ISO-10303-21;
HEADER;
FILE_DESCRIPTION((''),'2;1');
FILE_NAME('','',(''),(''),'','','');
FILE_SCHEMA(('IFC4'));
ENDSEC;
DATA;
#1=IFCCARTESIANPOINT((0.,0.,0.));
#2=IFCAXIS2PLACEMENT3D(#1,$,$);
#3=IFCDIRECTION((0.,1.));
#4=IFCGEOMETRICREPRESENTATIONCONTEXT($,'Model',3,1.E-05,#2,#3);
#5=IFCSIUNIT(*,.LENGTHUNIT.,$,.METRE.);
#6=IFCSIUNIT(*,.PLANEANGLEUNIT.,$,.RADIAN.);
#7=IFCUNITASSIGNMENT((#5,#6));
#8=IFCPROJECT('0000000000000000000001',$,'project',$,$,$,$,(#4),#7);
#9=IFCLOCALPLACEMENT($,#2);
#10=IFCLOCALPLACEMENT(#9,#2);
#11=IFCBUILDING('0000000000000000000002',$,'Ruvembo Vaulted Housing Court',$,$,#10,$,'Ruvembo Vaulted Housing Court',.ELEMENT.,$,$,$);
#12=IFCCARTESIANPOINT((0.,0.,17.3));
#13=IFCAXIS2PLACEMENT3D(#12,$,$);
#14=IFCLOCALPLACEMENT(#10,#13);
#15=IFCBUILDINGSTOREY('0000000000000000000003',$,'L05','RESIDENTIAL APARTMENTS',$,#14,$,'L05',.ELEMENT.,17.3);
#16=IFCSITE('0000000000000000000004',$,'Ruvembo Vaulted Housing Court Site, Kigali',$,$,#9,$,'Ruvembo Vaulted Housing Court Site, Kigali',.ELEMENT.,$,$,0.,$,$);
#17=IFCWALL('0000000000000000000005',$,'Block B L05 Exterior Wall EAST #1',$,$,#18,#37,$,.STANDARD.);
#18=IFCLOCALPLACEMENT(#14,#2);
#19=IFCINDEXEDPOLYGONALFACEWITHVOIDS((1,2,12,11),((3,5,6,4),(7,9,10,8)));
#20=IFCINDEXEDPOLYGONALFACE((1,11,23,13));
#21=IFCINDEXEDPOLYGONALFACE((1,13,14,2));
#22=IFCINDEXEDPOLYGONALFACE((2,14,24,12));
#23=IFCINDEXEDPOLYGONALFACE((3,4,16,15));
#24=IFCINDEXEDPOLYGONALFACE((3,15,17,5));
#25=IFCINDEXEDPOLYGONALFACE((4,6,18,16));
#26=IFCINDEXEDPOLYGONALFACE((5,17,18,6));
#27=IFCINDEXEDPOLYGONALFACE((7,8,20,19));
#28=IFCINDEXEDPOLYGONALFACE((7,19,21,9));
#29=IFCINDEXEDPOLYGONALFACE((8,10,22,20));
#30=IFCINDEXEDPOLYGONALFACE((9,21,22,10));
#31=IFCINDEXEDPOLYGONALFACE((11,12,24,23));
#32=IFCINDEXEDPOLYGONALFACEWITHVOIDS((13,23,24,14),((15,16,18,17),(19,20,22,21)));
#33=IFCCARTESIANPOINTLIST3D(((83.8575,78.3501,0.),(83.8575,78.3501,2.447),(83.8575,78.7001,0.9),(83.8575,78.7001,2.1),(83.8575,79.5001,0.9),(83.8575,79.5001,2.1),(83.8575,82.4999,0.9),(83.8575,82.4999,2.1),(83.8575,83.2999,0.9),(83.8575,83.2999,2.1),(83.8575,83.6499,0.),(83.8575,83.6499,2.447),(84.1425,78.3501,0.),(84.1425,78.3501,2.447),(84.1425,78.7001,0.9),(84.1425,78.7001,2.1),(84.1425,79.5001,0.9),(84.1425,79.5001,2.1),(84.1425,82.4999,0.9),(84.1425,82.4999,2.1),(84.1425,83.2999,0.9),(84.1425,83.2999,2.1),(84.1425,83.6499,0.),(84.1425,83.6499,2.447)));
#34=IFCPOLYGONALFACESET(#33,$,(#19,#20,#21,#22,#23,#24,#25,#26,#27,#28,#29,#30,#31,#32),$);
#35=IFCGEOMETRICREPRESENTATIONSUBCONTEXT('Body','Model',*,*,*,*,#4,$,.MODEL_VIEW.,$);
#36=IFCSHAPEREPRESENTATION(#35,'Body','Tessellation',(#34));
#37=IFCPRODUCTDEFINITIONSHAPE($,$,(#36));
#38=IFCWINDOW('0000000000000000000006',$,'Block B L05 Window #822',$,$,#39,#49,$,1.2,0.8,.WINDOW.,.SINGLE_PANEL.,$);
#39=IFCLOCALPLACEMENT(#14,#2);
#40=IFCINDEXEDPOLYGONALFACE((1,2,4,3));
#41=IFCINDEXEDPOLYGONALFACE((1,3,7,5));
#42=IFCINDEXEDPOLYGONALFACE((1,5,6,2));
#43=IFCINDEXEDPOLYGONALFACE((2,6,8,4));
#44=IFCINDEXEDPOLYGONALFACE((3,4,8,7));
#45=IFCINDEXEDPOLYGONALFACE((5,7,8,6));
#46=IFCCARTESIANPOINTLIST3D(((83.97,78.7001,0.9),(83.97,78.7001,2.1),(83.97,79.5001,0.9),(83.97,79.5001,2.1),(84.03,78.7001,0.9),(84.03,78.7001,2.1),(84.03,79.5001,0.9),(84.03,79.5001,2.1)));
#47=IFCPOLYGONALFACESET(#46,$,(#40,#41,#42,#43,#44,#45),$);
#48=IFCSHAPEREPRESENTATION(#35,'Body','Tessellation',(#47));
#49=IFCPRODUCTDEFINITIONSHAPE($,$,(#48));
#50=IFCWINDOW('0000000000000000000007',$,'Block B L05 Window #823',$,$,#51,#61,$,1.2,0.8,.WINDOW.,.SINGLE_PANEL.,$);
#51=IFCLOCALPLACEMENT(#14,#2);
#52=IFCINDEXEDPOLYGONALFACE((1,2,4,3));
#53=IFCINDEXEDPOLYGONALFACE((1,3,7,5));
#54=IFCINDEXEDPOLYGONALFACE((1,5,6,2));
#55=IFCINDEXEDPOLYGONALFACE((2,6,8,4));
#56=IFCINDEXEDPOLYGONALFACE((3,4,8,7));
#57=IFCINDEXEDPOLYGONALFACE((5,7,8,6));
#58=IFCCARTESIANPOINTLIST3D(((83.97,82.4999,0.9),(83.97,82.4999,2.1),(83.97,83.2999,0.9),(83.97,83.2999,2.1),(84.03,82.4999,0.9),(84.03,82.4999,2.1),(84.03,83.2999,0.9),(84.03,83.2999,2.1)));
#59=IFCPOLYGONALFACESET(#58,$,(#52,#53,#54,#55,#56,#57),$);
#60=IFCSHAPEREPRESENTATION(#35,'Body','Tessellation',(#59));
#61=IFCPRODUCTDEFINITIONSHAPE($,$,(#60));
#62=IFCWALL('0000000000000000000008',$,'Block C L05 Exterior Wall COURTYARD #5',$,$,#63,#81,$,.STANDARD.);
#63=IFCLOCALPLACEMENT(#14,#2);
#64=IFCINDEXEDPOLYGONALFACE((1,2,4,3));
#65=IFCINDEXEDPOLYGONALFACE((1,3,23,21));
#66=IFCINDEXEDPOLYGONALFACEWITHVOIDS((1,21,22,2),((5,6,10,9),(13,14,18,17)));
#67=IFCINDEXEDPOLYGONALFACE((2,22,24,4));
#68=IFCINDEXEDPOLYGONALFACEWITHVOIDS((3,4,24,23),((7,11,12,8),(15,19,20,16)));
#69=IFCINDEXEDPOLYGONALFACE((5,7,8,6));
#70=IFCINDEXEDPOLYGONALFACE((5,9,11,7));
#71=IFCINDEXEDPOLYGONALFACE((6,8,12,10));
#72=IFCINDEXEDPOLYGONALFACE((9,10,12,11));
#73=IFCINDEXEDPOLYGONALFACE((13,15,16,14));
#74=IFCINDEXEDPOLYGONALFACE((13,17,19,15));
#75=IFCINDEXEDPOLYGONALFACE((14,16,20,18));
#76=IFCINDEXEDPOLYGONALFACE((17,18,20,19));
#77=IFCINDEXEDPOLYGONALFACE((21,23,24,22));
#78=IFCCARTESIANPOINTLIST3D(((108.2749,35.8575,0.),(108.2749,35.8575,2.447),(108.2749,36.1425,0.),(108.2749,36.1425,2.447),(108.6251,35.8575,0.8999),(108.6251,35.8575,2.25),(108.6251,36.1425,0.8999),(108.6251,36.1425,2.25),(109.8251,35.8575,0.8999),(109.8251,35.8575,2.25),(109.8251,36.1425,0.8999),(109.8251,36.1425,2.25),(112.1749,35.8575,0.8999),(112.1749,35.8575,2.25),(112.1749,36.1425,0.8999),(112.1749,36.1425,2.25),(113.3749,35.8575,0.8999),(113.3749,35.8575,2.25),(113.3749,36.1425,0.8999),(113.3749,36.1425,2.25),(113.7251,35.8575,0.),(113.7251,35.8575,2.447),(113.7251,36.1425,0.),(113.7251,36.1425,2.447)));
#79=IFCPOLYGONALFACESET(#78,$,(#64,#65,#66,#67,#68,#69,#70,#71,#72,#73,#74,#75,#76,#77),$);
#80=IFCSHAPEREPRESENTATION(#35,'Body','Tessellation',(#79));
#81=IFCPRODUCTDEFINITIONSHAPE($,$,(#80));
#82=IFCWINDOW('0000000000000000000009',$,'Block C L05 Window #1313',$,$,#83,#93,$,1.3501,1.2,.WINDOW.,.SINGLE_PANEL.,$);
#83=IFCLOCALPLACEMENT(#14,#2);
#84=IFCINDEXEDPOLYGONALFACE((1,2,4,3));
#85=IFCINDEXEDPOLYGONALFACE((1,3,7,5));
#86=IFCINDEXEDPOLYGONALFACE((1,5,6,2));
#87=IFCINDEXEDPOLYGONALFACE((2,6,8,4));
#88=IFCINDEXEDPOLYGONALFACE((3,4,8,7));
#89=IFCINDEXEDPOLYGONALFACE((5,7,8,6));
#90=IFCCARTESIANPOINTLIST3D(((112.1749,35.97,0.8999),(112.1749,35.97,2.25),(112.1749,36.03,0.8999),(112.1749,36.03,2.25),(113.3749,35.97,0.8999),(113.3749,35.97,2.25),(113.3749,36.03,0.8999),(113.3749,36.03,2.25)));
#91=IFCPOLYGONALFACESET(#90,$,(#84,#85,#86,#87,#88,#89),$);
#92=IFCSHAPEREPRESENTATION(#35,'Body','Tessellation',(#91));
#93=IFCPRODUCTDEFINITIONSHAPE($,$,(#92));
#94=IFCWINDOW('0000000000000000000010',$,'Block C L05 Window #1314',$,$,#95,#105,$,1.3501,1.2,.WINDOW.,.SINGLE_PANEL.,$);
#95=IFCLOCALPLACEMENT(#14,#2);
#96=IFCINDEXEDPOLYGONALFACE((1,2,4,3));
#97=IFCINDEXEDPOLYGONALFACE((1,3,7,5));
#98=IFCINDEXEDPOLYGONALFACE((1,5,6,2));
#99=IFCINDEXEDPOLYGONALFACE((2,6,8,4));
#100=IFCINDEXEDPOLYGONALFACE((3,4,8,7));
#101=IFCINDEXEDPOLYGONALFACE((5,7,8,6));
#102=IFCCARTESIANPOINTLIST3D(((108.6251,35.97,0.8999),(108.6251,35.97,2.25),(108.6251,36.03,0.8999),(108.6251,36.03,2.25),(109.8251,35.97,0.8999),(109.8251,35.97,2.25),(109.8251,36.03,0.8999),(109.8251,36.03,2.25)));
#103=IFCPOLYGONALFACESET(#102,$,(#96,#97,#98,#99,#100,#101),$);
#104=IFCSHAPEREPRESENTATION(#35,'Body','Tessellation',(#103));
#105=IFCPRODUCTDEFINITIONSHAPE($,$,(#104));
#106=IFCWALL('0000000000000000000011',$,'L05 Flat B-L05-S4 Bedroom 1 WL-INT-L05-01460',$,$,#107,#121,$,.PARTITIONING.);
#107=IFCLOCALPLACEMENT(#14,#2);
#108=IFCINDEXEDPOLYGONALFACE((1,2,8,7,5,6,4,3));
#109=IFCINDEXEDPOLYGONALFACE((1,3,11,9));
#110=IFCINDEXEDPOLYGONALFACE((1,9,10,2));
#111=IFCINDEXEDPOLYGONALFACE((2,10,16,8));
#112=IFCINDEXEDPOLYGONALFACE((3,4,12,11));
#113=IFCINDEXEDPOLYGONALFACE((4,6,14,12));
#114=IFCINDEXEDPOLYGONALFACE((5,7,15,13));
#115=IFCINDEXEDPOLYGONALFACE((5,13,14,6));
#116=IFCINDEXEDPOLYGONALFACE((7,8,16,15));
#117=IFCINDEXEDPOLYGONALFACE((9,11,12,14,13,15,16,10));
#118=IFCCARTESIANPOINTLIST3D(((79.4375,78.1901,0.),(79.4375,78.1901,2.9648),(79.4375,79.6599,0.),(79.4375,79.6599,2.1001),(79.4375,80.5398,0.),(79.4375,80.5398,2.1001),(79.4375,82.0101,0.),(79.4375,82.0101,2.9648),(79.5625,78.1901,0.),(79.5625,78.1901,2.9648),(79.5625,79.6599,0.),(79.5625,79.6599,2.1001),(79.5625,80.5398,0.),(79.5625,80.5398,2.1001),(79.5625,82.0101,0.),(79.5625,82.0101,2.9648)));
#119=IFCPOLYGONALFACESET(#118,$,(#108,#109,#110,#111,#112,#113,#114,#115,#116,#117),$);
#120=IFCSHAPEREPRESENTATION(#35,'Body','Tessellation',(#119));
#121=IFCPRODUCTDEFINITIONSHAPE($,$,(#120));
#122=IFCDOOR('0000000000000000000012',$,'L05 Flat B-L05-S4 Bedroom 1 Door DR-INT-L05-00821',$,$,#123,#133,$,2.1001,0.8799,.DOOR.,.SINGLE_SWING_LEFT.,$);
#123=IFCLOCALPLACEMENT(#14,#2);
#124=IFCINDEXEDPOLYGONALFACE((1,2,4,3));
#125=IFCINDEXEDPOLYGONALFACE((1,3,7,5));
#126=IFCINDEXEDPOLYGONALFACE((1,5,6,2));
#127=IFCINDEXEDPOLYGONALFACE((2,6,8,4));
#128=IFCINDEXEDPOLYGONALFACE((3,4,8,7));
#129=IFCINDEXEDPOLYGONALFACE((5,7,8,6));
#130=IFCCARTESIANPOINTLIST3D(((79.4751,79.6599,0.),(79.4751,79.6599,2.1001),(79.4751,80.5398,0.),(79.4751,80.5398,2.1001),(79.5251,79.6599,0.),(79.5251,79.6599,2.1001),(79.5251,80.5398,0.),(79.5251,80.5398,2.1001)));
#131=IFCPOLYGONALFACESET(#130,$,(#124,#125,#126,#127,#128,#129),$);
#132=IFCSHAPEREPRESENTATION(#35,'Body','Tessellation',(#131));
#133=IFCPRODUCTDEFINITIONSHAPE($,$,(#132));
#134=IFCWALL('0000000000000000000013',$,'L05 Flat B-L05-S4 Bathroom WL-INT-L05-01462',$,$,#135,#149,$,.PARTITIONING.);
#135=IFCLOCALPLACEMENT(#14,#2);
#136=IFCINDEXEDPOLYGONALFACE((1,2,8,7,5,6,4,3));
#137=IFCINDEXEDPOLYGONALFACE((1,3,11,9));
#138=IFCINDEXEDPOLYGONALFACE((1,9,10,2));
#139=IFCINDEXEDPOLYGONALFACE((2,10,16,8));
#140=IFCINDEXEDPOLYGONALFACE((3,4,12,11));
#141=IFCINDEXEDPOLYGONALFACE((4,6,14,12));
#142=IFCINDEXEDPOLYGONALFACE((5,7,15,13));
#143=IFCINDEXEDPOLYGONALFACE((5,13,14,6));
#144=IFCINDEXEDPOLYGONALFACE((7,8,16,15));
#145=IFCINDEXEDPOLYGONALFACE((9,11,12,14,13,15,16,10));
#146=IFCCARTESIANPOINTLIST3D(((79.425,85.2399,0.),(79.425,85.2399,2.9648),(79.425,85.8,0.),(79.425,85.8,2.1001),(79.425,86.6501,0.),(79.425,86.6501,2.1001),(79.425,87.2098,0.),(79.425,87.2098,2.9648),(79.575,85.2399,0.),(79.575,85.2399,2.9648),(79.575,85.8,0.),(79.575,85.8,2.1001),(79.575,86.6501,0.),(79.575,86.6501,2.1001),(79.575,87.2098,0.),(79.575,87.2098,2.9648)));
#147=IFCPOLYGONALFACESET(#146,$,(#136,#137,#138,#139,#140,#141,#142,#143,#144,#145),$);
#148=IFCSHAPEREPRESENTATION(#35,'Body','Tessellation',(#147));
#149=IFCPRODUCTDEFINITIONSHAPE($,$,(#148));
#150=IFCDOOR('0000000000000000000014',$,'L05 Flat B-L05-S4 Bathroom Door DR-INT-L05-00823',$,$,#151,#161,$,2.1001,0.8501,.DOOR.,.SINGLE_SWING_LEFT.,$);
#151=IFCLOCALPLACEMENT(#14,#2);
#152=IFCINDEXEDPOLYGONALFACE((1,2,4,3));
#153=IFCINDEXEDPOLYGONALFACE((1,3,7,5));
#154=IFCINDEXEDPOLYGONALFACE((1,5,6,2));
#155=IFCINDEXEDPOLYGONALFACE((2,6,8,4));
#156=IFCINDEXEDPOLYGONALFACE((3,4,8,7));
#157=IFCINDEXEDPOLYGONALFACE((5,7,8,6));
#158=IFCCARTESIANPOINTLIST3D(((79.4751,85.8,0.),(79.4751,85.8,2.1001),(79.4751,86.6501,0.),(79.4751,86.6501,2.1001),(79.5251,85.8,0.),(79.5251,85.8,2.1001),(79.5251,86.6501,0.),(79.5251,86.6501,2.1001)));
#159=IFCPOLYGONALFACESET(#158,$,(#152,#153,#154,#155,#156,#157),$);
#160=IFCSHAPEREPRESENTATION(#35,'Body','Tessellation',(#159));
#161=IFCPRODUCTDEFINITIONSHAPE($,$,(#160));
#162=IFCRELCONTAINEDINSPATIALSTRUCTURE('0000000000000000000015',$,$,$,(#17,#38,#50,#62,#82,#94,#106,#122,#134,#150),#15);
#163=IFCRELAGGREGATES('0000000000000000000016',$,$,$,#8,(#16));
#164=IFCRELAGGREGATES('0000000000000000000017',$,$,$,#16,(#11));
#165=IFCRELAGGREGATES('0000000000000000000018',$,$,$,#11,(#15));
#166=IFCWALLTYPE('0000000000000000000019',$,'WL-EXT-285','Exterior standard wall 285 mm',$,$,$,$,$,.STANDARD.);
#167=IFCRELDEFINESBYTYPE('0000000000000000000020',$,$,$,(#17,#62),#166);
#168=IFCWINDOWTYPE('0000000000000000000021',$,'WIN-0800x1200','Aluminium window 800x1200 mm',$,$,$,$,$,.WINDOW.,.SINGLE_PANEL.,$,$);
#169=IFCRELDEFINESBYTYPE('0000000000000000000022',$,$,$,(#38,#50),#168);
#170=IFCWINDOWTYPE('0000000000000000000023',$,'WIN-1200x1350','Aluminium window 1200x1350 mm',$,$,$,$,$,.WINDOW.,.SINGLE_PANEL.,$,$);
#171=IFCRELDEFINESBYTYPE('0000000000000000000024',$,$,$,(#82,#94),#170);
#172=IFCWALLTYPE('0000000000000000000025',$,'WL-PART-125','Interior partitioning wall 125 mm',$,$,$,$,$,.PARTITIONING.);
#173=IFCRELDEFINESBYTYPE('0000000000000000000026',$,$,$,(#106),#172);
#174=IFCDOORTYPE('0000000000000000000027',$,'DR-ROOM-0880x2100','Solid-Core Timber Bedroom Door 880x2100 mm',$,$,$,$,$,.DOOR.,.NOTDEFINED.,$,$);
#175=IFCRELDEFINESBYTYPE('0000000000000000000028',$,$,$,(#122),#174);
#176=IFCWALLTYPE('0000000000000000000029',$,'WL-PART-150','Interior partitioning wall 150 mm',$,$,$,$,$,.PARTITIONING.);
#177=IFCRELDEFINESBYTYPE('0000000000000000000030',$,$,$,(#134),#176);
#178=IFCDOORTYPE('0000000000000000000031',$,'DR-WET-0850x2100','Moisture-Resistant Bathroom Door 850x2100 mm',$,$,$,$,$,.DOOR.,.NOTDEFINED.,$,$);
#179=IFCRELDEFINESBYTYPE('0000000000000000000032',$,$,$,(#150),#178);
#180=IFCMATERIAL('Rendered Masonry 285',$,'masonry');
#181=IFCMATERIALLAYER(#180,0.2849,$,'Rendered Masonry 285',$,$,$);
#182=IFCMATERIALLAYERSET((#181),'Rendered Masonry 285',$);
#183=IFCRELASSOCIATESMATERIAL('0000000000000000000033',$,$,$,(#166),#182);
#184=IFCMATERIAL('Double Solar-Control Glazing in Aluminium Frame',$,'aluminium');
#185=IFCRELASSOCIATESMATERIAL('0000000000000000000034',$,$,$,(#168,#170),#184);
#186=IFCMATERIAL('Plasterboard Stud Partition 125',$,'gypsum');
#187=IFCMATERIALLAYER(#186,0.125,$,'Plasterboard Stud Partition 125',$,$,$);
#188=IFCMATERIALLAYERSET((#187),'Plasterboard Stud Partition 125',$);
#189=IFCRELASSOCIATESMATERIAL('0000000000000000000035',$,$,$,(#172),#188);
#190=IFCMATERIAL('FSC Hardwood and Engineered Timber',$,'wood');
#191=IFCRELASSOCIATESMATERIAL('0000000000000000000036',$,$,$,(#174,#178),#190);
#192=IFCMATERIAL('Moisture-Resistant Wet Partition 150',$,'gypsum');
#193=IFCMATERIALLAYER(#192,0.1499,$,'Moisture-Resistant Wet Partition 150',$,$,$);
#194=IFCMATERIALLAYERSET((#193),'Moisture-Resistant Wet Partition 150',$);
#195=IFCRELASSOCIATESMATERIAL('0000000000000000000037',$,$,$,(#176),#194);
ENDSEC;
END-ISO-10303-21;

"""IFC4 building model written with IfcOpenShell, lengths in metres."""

from ifc_helpers import new_model, si_unit, direction, frame, frame_2d, origin, place, context, subcontext, project, spatial, rectangle, extrude, material, layer, layer_set, type_object, element, fill, save


model = new_model("IFC4")

# Units and contexts
model_context = context("Model", 3, precision=1e-05, world=origin(), true_north=direction((0.0, 1.0)))
body_context = subcontext(model_context, "Body", "Model", "MODEL_VIEW")
ifc_project = project(units=[si_unit("LENGTHUNIT", "METRE"), si_unit("PLANEANGLEUNIT", "RADIAN")], contexts=[model_context])

# Site, building, storey
site_placement = place(None, origin())
site = spatial("IfcSite", under=ifc_project, at=site_placement, Name="Ruvembo Vaulted Housing Court Site, Kigali", LongName="Ruvembo Vaulted Housing Court Site, Kigali", CompositionType="ELEMENT", RefElevation=0.0)
building_placement = place(site_placement, origin())
building = spatial("IfcBuilding", under=site, at=building_placement, Name="Ruvembo Vaulted Housing Court", LongName="Ruvembo Vaulted Housing Court", CompositionType="ELEMENT")
storey_placement = place(building_placement, frame((0.0, 0.0, 17.3)))
storey = spatial("IfcBuildingStorey", under=building, at=storey_placement, Name="L05", Description="RESIDENTIAL APARTMENTS", LongName="L05", CompositionType="ELEMENT", Elevation=17.3)

# Wall, openings, windows
ifc_material_1 = material(Name="Rendered Masonry 285", Category="masonry")
ifc_layer_1 = layer(ifc_material_1, 0.2849, Name="Rendered Masonry 285")
ifc_layer_set_1 = layer_set([ifc_layer_1], Name="Rendered Masonry 285")
wall_type_1 = type_object("IfcWallType", Name="WL-EXT-285", Description="Exterior standard wall 285 mm", PredefinedType="STANDARD", material=ifc_layer_set_1)
ifc_material_2 = material(Name="Double Solar-Control Glazing in Aluminium Frame", Category="aluminium")
wall_1_placement = place(storey_placement, frame((84.0, 78.3501, 0.0), z_axis=(0.0, 0.0, 1.0), x_axis=(0.0, 1.0, 0.0)))
wall_1 = element("IfcWall", 1, at=wall_1_placement, inside=storey, type_object=wall_type_1, Name="Block B L05 Exterior Wall EAST #1", PredefinedType="STANDARD", context=body_context, shape_type="SweptSolid", body=[
    extrude(rectangle(XDim=5.2998, YDim=0.2849, at=frame_2d((2.6499, 0.0))), origin(), (0.0, 0.0, 1.0), 2.447),
])
opening_1_placement = place(wall_1_placement, frame((0.3501, 0.0, 0.8999)))
opening_1 = element("IfcOpeningElement", 2, at=opening_1_placement, cuts=wall_1, PredefinedType="OPENING", context=body_context, shape_type="SweptSolid", body=[
    extrude(rectangle(XDim=0.8, YDim=1.2, at=frame_2d((0.3999, 0.6001))), frame((0.0, 0.1523, 0.0), z_axis=(0.0, -1.0, 0.0), x_axis=(1.0, 0.0, 0.0)), (0.0, 0.0, 1.0), 0.3049),
])
opening_2_placement = place(wall_1_placement, frame((4.1499, 0.0, 0.8999)))
opening_2 = element("IfcOpeningElement", 3, at=opening_2_placement, cuts=wall_1, PredefinedType="OPENING", context=body_context, shape_type="SweptSolid", body=[
    extrude(rectangle(XDim=0.8, YDim=1.2, at=frame_2d((0.3999, 0.6001))), frame((0.0, 0.1523, 0.0), z_axis=(0.0, -1.0, 0.0), x_axis=(1.0, 0.0, 0.0)), (0.0, 0.0, 1.0), 0.3049),
])
window_type_1 = type_object("IfcWindowType", Name="WIN-0800x1200", Description="Aluminium window 800x1200 mm", PartitioningType="SINGLE_PANEL", PredefinedType="WINDOW", material=ifc_material_2)
window_1_placement = place(opening_1_placement, origin())
window_1 = element("IfcWindow", 4, at=window_1_placement, inside=storey, type_object=window_type_1, Name="Block B L05 Window #822", OverallHeight=1.2, OverallWidth=0.8, PartitioningType="SINGLE_PANEL", PredefinedType="WINDOW", context=body_context, shape_type="SweptSolid", body=[
    extrude(rectangle(XDim=0.8, YDim=1.2, at=frame_2d((0.3999, 0.6001))), frame((0.0, 0.03, 0.0), z_axis=(0.0, -1.0, 0.0), x_axis=(1.0, 0.0, 0.0)), (0.0, 0.0, 1.0), 0.0601),
])
fill(opening_1, window_1)
window_2_placement = place(opening_2_placement, origin())
window_2 = element("IfcWindow", 5, at=window_2_placement, inside=storey, type_object=window_type_1, Name="Block B L05 Window #823", OverallHeight=1.2, OverallWidth=0.8, PartitioningType="SINGLE_PANEL", PredefinedType="WINDOW", context=body_context, shape_type="SweptSolid", body=[
    extrude(rectangle(XDim=0.8, YDim=1.2, at=frame_2d((0.3999, 0.6001))), frame((0.0, 0.03, 0.0), z_axis=(0.0, -1.0, 0.0), x_axis=(1.0, 0.0, 0.0)), (0.0, 0.0, 1.0), 0.0601),
])
fill(opening_2, window_2)

# Wall, openings, windows
wall_2_placement = place(storey_placement, frame((113.7251, 36.0, 0.0), z_axis=(0.0, 0.0, 1.0), x_axis=(-1.0, 0.0, 0.0)))
wall_2 = element("IfcWall", 6, at=wall_2_placement, inside=storey, type_object=wall_type_1, Name="Block C L05 Exterior Wall COURTYARD #5", PredefinedType="STANDARD", context=body_context, shape_type="SweptSolid", body=[
    extrude(rectangle(XDim=5.4502, YDim=0.2849, at=frame_2d((2.7251, 0.0))), origin(), (0.0, 0.0, 1.0), 2.447),
])
opening_3_placement = place(wall_2_placement, frame((0.3501, 0.0, 0.8999)))
opening_3 = element("IfcOpeningElement", 7, at=opening_3_placement, cuts=wall_2, PredefinedType="OPENING", context=body_context, shape_type="SweptSolid", body=[
    extrude(rectangle(XDim=1.2, YDim=1.3501, at=frame_2d((0.6001, 0.675))), frame((0.0, 0.1523, 0.0), z_axis=(0.0, -1.0, 0.0), x_axis=(1.0, 0.0, 0.0)), (0.0, 0.0, 1.0), 0.3049),
])
opening_4_placement = place(wall_2_placement, frame((3.8999, 0.0, 0.8999)))
opening_4 = element("IfcOpeningElement", 8, at=opening_4_placement, cuts=wall_2, PredefinedType="OPENING", context=body_context, shape_type="SweptSolid", body=[
    extrude(rectangle(XDim=1.2, YDim=1.3501, at=frame_2d((0.6001, 0.675))), frame((0.0, 0.1523, 0.0), z_axis=(0.0, -1.0, 0.0), x_axis=(1.0, 0.0, 0.0)), (0.0, 0.0, 1.0), 0.3049),
])
window_type_2 = type_object("IfcWindowType", Name="WIN-1200x1350", Description="Aluminium window 1200x1350 mm", PartitioningType="SINGLE_PANEL", PredefinedType="WINDOW", material=ifc_material_2)
window_3_placement = place(opening_3_placement, origin())
window_3 = element("IfcWindow", 9, at=window_3_placement, inside=storey, type_object=window_type_2, Name="Block C L05 Window #1313", OverallHeight=1.3501, OverallWidth=1.2, PartitioningType="SINGLE_PANEL", PredefinedType="WINDOW", context=body_context, shape_type="SweptSolid", body=[
    extrude(rectangle(XDim=1.2, YDim=1.3501, at=frame_2d((0.6001, 0.675))), frame((0.0, 0.03, 0.0), z_axis=(0.0, -1.0, 0.0), x_axis=(1.0, 0.0, 0.0)), (0.0, 0.0, 1.0), 0.0601),
])
fill(opening_3, window_3)
window_4_placement = place(opening_4_placement, origin())
window_4 = element("IfcWindow", 10, at=window_4_placement, inside=storey, type_object=window_type_2, Name="Block C L05 Window #1314", OverallHeight=1.3501, OverallWidth=1.2, PartitioningType="SINGLE_PANEL", PredefinedType="WINDOW", context=body_context, shape_type="SweptSolid", body=[
    extrude(rectangle(XDim=1.2, YDim=1.3501, at=frame_2d((0.6001, 0.675))), frame((0.0, 0.03, 0.0), z_axis=(0.0, -1.0, 0.0), x_axis=(1.0, 0.0, 0.0)), (0.0, 0.0, 1.0), 0.0601),
])
fill(opening_4, window_4)

# Walls, openings, doors
ifc_material_3 = material(Name="Plasterboard Stud Partition 125", Category="gypsum")
ifc_layer_2 = layer(ifc_material_3, 0.125, Name="Plasterboard Stud Partition 125")
ifc_layer_set_2 = layer_set([ifc_layer_2], Name="Plasterboard Stud Partition 125")
wall_type_2 = type_object("IfcWallType", Name="WL-PART-125", Description="Interior partitioning wall 125 mm", PredefinedType="PARTITIONING", material=ifc_layer_set_2)
wall_3_placement = place(storey_placement, frame((79.5, 78.1899, 0.0), z_axis=(0.0, 0.0, 1.0), x_axis=(0.0, 1.0, 0.0)))
wall_3 = element("IfcWall", 11, at=wall_3_placement, inside=storey, type_object=wall_type_2, Name="L05 Flat B-L05-S4 Bedroom 1 WL-INT-L05-01460", PredefinedType="PARTITIONING", context=body_context, shape_type="SweptSolid", body=[
    extrude(rectangle(XDim=3.8201, YDim=0.125, at=frame_2d((1.9102, 0.0))), origin(), (0.0, 0.0, 1.0), 2.9648),
])
opening_5_placement = place(wall_3_placement, frame((1.47, 0.0, 0.0)))
opening_5 = element("IfcOpeningElement", 12, at=opening_5_placement, cuts=wall_3, PredefinedType="OPENING", context=body_context, shape_type="SweptSolid", body=[
    extrude(rectangle(XDim=0.8799, YDim=2.1001, at=frame_2d((0.4399, 1.05))), frame((0.0, 0.0725, 0.0), z_axis=(0.0, -1.0, 0.0), x_axis=(1.0, 0.0, 0.0)), (0.0, 0.0, 1.0), 0.145),
])
ifc_material_4 = material(Name="FSC Hardwood and Engineered Timber", Category="wood")
door_type_1 = type_object("IfcDoorType", Name="DR-ROOM-0880x2100", Description="Solid-Core Timber Bedroom Door 880x2100 mm", OperationType="NOTDEFINED", PredefinedType="DOOR", material=ifc_material_4)
door_1_placement = place(opening_5_placement, origin())
door_1 = element("IfcDoor", 13, at=door_1_placement, inside=storey, type_object=door_type_1, Name="L05 Flat B-L05-S4 Bedroom 1 Door DR-INT-L05-00821", OperationType="SINGLE_SWING_LEFT", OverallHeight=2.1001, OverallWidth=0.8799, PredefinedType="DOOR", context=body_context, shape_type="SweptSolid", body=[
    extrude(rectangle(XDim=0.8799, YDim=2.1001, at=frame_2d((0.4399, 1.05))), frame((0.0, 0.0249, 0.0), z_axis=(0.0, -1.0, 0.0), x_axis=(1.0, 0.0, 0.0)), (0.0, 0.0, 1.0), 0.05),
])
fill(opening_5, door_1)
ifc_material_5 = material(Name="Moisture-Resistant Wet Partition 150", Category="gypsum")
ifc_layer_3 = layer(ifc_material_5, 0.1499, Name="Moisture-Resistant Wet Partition 150")
ifc_layer_set_3 = layer_set([ifc_layer_3], Name="Moisture-Resistant Wet Partition 150")
wall_type_3 = type_object("IfcWallType", Name="WL-PART-150", Description="Interior partitioning wall 150 mm", PredefinedType="PARTITIONING", material=ifc_layer_set_3)
wall_4_placement = place(storey_placement, frame((79.5, 85.24, 0.0), z_axis=(0.0, 0.0, 1.0), x_axis=(0.0, 1.0, 0.0)))
wall_4 = element("IfcWall", 14, at=wall_4_placement, inside=storey, type_object=wall_type_3, Name="L05 Flat B-L05-S4 Bathroom WL-INT-L05-01462", PredefinedType="PARTITIONING", context=body_context, shape_type="SweptSolid", body=[
    extrude(rectangle(XDim=1.97, YDim=0.1499, at=frame_2d((0.9849, 0.0))), origin(), (0.0, 0.0, 1.0), 2.9648),
])
opening_6_placement = place(wall_4_placement, frame((0.5601, 0.0, 0.0)))
opening_6 = element("IfcOpeningElement", 15, at=opening_6_placement, cuts=wall_4, PredefinedType="OPENING", context=body_context, shape_type="SweptSolid", body=[
    extrude(rectangle(XDim=0.8501, YDim=2.1001, at=frame_2d((0.425, 1.05))), frame((0.0, 0.085, 0.0), z_axis=(0.0, -1.0, 0.0), x_axis=(1.0, 0.0, 0.0)), (0.0, 0.0, 1.0), 0.1699),
])
door_type_2 = type_object("IfcDoorType", Name="DR-WET-0850x2100", Description="Moisture-Resistant Bathroom Door 850x2100 mm", OperationType="NOTDEFINED", PredefinedType="DOOR", material=ifc_material_4)
door_2_placement = place(opening_6_placement, origin())
door_2 = element("IfcDoor", 16, at=door_2_placement, inside=storey, type_object=door_type_2, Name="L05 Flat B-L05-S4 Bathroom Door DR-INT-L05-00823", OperationType="SINGLE_SWING_LEFT", OverallHeight=2.1001, OverallWidth=0.8501, PredefinedType="DOOR", context=body_context, shape_type="SweptSolid", body=[
    extrude(rectangle(XDim=0.8501, YDim=2.1001, at=frame_2d((0.425, 1.05))), frame((0.0, 0.0249, 0.0), z_axis=(0.0, -1.0, 0.0), x_axis=(1.0, 0.0, 0.0)), (0.0, 0.0, 1.0), 0.05),
])
fill(opening_6, door_2)

save(model, "model.ifc")
